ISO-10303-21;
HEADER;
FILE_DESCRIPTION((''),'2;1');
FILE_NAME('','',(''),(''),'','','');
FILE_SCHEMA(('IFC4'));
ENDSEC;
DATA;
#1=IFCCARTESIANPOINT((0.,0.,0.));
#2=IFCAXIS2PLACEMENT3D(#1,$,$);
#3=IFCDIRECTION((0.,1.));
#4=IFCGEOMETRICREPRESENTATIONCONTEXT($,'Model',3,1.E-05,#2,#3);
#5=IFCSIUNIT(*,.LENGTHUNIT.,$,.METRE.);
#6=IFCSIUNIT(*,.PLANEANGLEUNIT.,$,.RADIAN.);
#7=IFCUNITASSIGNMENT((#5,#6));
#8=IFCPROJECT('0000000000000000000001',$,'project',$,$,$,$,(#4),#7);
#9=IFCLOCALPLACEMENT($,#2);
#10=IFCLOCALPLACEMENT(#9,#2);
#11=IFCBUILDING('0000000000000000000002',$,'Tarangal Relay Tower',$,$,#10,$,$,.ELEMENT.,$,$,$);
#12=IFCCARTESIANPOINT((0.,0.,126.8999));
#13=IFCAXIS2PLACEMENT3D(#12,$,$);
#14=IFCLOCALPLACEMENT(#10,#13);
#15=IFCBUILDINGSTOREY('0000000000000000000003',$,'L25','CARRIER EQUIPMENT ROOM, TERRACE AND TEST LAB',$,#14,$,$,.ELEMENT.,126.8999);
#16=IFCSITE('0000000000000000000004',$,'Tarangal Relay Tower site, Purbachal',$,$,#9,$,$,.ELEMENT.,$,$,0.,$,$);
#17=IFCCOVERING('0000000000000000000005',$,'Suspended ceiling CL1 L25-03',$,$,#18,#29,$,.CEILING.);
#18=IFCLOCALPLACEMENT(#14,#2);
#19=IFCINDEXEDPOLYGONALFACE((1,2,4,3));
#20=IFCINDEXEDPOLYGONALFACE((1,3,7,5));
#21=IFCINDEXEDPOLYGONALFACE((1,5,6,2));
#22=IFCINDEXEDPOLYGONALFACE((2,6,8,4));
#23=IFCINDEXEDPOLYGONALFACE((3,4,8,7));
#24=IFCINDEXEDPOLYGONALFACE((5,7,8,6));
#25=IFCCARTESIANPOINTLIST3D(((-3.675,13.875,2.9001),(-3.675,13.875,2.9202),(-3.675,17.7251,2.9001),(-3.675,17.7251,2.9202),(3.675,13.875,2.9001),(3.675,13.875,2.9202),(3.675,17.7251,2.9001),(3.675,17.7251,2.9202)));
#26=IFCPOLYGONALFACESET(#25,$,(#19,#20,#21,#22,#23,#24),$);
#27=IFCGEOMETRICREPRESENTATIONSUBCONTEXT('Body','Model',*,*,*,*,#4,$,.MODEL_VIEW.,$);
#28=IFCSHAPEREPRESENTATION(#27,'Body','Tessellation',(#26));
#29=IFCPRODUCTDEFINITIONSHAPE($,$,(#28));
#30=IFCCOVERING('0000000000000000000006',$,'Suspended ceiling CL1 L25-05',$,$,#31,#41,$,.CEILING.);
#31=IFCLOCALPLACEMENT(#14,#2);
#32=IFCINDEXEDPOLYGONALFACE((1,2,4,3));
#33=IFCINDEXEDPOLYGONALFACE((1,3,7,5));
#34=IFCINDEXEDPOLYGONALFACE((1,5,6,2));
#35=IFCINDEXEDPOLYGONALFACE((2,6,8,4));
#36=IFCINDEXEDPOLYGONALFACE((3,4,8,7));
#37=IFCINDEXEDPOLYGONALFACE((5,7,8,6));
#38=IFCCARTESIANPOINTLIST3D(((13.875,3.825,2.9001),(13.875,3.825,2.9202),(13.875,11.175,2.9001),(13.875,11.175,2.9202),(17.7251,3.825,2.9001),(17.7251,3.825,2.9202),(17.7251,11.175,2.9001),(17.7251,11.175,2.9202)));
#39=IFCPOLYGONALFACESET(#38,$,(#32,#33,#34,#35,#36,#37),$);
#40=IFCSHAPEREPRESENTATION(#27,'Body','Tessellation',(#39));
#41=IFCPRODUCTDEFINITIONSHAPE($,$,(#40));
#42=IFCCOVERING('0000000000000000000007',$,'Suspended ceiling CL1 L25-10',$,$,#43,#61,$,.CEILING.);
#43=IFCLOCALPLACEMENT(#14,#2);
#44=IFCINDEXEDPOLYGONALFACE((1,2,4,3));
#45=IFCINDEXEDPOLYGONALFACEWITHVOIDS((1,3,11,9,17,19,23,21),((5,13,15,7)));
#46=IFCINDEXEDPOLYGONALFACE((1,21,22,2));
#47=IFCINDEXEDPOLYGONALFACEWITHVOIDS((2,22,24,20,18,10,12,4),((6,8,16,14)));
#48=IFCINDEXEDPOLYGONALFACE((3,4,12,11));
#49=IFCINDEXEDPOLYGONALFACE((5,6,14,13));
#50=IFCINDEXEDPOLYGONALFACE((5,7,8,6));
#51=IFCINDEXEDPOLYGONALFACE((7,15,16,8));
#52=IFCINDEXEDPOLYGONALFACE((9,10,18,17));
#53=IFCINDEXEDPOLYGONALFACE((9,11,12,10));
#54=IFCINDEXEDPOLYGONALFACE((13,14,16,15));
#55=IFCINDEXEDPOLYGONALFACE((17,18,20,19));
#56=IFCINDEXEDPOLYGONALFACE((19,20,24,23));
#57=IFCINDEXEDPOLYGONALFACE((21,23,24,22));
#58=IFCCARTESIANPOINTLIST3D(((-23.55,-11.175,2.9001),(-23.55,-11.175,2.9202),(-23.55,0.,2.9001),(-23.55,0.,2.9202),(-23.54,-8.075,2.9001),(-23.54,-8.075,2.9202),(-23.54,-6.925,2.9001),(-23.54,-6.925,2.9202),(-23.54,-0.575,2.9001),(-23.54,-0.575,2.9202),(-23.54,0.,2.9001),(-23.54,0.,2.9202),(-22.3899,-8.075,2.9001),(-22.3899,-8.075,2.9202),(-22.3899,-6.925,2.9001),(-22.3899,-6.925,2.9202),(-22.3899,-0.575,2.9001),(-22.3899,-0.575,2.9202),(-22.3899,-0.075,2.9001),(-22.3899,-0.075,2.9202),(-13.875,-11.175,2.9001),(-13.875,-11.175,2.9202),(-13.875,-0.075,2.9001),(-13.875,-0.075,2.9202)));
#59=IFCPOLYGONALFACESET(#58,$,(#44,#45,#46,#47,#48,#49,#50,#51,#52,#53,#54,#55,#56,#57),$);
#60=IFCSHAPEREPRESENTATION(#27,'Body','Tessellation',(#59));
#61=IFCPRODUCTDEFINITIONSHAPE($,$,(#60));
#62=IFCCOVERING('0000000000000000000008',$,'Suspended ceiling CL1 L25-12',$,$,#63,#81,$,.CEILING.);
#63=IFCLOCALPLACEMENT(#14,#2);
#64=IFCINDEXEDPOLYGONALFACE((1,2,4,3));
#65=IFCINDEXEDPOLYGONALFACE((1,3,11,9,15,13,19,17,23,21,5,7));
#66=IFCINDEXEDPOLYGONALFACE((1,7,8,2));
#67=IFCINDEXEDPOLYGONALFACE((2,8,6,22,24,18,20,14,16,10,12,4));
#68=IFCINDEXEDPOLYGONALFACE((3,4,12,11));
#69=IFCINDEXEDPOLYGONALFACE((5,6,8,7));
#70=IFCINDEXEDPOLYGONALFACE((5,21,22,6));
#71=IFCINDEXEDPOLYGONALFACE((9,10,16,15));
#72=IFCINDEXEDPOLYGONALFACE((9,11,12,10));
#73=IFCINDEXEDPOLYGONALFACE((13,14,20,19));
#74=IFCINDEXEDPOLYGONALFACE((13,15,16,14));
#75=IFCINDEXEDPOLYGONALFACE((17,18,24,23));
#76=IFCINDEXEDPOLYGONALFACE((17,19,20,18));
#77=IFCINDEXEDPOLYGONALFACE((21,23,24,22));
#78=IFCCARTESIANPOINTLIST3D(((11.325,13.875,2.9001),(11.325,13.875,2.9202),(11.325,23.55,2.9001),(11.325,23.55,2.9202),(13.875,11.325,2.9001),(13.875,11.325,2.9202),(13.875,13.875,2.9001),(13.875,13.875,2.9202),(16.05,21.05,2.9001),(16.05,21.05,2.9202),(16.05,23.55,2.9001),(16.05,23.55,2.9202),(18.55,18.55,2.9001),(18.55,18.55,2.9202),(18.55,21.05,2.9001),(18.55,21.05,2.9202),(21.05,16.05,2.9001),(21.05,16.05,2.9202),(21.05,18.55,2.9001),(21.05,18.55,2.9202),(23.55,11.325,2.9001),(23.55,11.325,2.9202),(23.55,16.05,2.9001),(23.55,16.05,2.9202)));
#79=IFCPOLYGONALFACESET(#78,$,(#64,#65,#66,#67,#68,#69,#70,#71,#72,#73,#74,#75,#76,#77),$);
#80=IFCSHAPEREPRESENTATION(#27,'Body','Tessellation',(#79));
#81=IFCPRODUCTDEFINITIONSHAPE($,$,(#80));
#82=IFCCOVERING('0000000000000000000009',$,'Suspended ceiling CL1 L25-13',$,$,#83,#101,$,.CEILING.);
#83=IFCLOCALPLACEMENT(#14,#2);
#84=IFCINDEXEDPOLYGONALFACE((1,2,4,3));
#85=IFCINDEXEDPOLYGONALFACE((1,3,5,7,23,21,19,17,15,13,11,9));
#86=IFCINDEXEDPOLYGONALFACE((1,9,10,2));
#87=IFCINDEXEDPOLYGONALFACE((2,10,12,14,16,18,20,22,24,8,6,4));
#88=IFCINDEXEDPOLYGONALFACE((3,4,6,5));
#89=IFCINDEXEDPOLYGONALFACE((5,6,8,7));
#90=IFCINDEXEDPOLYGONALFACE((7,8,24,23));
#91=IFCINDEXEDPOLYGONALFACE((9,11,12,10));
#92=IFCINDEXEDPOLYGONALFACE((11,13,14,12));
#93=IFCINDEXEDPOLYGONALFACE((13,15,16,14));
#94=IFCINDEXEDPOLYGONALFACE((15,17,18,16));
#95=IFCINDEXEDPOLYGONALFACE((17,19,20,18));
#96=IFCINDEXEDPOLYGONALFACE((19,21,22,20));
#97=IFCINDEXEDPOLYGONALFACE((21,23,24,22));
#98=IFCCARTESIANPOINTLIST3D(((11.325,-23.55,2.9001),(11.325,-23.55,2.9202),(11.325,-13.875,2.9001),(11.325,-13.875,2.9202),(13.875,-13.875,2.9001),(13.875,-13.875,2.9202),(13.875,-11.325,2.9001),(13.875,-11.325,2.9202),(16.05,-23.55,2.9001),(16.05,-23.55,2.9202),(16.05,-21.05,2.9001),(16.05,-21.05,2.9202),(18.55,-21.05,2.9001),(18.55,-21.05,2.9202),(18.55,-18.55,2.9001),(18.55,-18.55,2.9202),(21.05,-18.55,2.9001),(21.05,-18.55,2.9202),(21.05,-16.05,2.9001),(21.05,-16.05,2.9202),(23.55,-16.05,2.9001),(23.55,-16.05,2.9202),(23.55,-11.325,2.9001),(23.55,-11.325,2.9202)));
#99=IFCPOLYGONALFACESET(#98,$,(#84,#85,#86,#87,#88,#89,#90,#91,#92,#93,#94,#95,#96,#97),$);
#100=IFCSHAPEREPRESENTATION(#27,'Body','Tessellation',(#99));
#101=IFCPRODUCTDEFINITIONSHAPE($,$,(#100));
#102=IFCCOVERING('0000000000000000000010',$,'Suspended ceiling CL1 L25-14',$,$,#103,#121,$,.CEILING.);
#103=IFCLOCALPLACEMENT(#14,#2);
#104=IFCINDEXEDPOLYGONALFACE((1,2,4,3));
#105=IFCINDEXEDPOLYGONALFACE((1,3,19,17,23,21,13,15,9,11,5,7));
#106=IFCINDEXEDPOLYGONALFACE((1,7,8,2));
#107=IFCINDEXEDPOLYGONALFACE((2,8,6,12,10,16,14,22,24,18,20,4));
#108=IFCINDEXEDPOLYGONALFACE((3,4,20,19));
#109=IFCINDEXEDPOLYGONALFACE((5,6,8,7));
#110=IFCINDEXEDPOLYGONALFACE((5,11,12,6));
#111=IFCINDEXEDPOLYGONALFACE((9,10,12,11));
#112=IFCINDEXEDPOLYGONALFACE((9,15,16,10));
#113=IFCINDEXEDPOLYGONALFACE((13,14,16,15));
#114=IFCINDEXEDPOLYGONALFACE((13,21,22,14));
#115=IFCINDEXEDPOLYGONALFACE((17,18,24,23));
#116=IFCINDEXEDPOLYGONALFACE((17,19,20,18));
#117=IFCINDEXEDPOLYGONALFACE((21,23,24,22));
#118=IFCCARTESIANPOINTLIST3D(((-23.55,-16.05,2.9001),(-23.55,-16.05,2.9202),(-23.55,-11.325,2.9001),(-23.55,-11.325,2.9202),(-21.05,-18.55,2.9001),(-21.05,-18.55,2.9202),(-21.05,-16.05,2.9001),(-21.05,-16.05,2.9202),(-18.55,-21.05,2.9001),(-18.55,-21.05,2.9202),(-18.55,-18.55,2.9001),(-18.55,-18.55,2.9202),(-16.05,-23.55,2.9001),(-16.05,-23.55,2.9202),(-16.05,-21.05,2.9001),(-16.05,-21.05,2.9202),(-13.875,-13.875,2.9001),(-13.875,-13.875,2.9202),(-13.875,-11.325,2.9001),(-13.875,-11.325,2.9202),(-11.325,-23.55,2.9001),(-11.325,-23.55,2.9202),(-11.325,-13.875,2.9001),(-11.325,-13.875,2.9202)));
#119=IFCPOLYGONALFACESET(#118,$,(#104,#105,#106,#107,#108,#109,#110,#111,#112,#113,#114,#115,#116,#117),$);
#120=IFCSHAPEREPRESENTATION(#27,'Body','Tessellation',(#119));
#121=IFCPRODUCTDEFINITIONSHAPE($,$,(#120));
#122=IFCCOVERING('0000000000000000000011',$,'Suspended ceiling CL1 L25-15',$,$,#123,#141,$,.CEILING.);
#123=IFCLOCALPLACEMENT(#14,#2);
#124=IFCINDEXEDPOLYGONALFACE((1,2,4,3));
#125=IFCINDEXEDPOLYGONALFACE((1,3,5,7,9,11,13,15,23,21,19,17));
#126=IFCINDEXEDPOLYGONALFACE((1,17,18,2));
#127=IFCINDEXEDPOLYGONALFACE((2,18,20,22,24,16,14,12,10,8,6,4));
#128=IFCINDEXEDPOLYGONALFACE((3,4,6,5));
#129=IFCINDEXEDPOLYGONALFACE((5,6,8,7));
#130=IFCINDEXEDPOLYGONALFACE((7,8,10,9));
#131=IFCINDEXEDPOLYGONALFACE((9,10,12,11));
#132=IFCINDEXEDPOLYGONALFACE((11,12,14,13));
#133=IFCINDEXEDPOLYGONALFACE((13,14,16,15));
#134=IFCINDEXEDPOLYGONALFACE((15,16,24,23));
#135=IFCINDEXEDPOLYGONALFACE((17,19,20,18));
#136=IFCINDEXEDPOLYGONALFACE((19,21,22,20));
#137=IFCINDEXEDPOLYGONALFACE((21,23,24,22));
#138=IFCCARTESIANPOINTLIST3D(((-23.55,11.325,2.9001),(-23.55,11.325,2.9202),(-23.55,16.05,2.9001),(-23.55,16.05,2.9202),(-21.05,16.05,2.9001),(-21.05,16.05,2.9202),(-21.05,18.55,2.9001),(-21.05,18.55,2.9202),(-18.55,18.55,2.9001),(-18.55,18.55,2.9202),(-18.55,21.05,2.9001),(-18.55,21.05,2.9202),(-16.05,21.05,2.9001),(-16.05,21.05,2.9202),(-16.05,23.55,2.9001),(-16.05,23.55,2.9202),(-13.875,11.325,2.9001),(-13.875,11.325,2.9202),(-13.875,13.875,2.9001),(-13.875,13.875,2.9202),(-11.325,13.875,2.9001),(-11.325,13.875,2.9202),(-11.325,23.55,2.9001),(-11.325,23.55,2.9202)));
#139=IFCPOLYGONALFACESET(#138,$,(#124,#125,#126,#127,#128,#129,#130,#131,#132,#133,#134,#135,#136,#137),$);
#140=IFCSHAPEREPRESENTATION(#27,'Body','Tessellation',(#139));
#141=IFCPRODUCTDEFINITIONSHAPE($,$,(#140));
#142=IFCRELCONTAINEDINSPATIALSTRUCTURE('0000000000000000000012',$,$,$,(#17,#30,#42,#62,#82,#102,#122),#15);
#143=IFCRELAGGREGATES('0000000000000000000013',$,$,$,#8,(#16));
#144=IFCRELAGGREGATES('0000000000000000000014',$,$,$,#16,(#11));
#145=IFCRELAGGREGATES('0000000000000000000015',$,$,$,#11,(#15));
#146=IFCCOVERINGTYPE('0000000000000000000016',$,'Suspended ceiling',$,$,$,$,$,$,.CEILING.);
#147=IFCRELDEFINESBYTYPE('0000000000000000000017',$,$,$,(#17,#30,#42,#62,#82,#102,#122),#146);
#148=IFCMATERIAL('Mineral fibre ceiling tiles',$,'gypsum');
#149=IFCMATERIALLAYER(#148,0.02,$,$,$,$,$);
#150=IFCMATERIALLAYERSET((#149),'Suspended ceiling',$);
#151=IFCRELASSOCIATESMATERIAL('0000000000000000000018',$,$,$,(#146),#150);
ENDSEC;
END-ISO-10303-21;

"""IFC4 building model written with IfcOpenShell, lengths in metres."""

from ifc_helpers import new_model, si_unit, direction, frame, origin, place, context, subcontext, project, spatial, polyline, outline, extrude, material, layer, layer_set, type_object, element, save


model = new_model("IFC4")

# Units and contexts
model_context = context("Model", 3, precision=1e-05, world=origin(), true_north=direction((0.0, 1.0)))
body_context = subcontext(model_context, "Body", "Model", "MODEL_VIEW")
ifc_project = project(units=[si_unit("LENGTHUNIT", "METRE"), si_unit("PLANEANGLEUNIT", "RADIAN")], contexts=[model_context])

# Site, building, storey
site_placement = place(None, origin())
site = spatial("IfcSite", under=ifc_project, at=site_placement, Name="Tarangal Relay Tower site, Purbachal", CompositionType="ELEMENT", RefElevation=0.0)
building_placement = place(site_placement, origin())
building = spatial("IfcBuilding", under=site, at=building_placement, Name="Tarangal Relay Tower", CompositionType="ELEMENT")
storey_placement = place(building_placement, frame((0.0, 0.0, 126.8999)))
storey = spatial("IfcBuildingStorey", under=building, at=storey_placement, Name="L25", Description="CARRIER EQUIPMENT ROOM, TERRACE AND TEST LAB", CompositionType="ELEMENT", Elevation=126.8999)

# Coverings
ifc_material_1 = material(Name="Mineral fibre ceiling tiles", Category="gypsum")
ifc_layer_1 = layer(ifc_material_1, 0.02)
ifc_layer_set_1 = layer_set([ifc_layer_1], Name="Suspended ceiling")
covering_type_1 = type_object("IfcCoveringType", Name="Suspended ceiling", PredefinedType="CEILING", material=ifc_layer_set_1)
covering_1_placement = place(storey_placement, frame((0.0, 0.0, 2.9001)))
element("IfcCovering", 1, at=covering_1_placement, inside=storey, type_object=covering_type_1, Name="Suspended ceiling CL1 L25-03", PredefinedType="CEILING", context=body_context, shape_type="SweptSolid", body=[
    extrude(outline(polyline([(-3.675, 17.7251), (-3.675, 13.875), (3.675, 13.875), (3.675, 17.7251), (-3.675, 17.7251)])), origin(), (0.0, 0.0, 1.0), 0.02),
])
covering_2_placement = place(storey_placement, frame((0.0, 0.0, 2.9001)))
element("IfcCovering", 2, at=covering_2_placement, inside=storey, type_object=covering_type_1, Name="Suspended ceiling CL1 L25-05", PredefinedType="CEILING", context=body_context, shape_type="SweptSolid", body=[
    extrude(outline(polyline([(17.7251, 3.825), (17.7251, 11.175), (13.875, 11.175), (13.875, 3.825), (17.7251, 3.825)])), origin(), (0.0, 0.0, 1.0), 0.02),
])
covering_3_placement = place(storey_placement, frame((0.0, 0.0, 2.9001)))
element("IfcCovering", 3, at=covering_3_placement, inside=storey, type_object=covering_type_1, Name="Suspended ceiling CL1 L25-10", PredefinedType="CEILING", context=body_context, shape_type="SweptSolid", body=[
    extrude(outline(polyline([(-23.55, 0.0), (-23.55, -11.175), (-13.875, -11.175), (-13.875, -0.075), (-22.3899, -0.075), (-22.3899, -0.575), (-23.54, -0.575), (-23.54, 0.0), (-23.55, 0.0)]), holes=[polyline([(-22.3899, -8.075), (-22.3899, -6.925), (-23.54, -6.925), (-23.54, -8.075), (-22.3899, -8.075)])]), origin(), (0.0, 0.0, 1.0), 0.02),
])
covering_4_placement = place(storey_placement, frame((0.0, 0.0, 2.9001)))
element("IfcCovering", 4, at=covering_4_placement, inside=storey, type_object=covering_type_1, Name="Suspended ceiling CL1 L25-12", PredefinedType="CEILING", context=body_context, shape_type="SweptSolid", body=[
    extrude(outline(polyline([(16.05, 23.55), (11.325, 23.55), (11.325, 13.875), (13.875, 13.875), (13.875, 11.325), (23.55, 11.325), (23.55, 16.05), (21.05, 16.05), (21.05, 18.55), (18.55, 18.55), (18.55, 21.05), (16.05, 21.05), (16.05, 23.55)])), origin(), (0.0, 0.0, 1.0), 0.02),
])
covering_5_placement = place(storey_placement, frame((0.0, 0.0, 2.9001)))
element("IfcCovering", 5, at=covering_5_placement, inside=storey, type_object=covering_type_1, Name="Suspended ceiling CL1 L25-13", PredefinedType="CEILING", context=body_context, shape_type="SweptSolid", body=[
    extrude(outline(polyline([(23.55, -16.05), (23.55, -11.325), (13.875, -11.325), (13.875, -13.875), (11.325, -13.875), (11.325, -23.55), (16.05, -23.55), (16.05, -21.05), (18.55, -21.05), (18.55, -18.55), (21.05, -18.55), (21.05, -16.05), (23.55, -16.05)])), origin(), (0.0, 0.0, 1.0), 0.02),
])
covering_6_placement = place(storey_placement, frame((0.0, 0.0, 2.9001)))
element("IfcCovering", 6, at=covering_6_placement, inside=storey, type_object=covering_type_1, Name="Suspended ceiling CL1 L25-14", PredefinedType="CEILING", context=body_context, shape_type="SweptSolid", body=[
    extrude(outline(polyline([(-16.05, -21.05), (-16.05, -23.55), (-11.325, -23.55), (-11.325, -13.875), (-13.875, -13.875), (-13.875, -11.325), (-23.55, -11.325), (-23.55, -16.05), (-21.05, -16.05), (-21.05, -18.55), (-18.55, -18.55), (-18.55, -21.05), (-16.05, -21.05)])), origin(), (0.0, 0.0, 1.0), 0.02),
])
covering_7_placement = place(storey_placement, frame((0.0, 0.0, 2.9001)))
element("IfcCovering", 7, at=covering_7_placement, inside=storey, type_object=covering_type_1, Name="Suspended ceiling CL1 L25-15", PredefinedType="CEILING", context=body_context, shape_type="SweptSolid", body=[
    extrude(outline(polyline([(-21.05, 16.05), (-23.55, 16.05), (-23.55, 11.325), (-13.875, 11.325), (-13.875, 13.875), (-11.325, 13.875), (-11.325, 23.55), (-16.05, 23.55), (-16.05, 21.05), (-18.55, 21.05), (-18.55, 18.55), (-21.05, 18.55), (-21.05, 16.05)])), origin(), (0.0, 0.0, 1.0), 0.02),
])

save(model, "model.ifc")
